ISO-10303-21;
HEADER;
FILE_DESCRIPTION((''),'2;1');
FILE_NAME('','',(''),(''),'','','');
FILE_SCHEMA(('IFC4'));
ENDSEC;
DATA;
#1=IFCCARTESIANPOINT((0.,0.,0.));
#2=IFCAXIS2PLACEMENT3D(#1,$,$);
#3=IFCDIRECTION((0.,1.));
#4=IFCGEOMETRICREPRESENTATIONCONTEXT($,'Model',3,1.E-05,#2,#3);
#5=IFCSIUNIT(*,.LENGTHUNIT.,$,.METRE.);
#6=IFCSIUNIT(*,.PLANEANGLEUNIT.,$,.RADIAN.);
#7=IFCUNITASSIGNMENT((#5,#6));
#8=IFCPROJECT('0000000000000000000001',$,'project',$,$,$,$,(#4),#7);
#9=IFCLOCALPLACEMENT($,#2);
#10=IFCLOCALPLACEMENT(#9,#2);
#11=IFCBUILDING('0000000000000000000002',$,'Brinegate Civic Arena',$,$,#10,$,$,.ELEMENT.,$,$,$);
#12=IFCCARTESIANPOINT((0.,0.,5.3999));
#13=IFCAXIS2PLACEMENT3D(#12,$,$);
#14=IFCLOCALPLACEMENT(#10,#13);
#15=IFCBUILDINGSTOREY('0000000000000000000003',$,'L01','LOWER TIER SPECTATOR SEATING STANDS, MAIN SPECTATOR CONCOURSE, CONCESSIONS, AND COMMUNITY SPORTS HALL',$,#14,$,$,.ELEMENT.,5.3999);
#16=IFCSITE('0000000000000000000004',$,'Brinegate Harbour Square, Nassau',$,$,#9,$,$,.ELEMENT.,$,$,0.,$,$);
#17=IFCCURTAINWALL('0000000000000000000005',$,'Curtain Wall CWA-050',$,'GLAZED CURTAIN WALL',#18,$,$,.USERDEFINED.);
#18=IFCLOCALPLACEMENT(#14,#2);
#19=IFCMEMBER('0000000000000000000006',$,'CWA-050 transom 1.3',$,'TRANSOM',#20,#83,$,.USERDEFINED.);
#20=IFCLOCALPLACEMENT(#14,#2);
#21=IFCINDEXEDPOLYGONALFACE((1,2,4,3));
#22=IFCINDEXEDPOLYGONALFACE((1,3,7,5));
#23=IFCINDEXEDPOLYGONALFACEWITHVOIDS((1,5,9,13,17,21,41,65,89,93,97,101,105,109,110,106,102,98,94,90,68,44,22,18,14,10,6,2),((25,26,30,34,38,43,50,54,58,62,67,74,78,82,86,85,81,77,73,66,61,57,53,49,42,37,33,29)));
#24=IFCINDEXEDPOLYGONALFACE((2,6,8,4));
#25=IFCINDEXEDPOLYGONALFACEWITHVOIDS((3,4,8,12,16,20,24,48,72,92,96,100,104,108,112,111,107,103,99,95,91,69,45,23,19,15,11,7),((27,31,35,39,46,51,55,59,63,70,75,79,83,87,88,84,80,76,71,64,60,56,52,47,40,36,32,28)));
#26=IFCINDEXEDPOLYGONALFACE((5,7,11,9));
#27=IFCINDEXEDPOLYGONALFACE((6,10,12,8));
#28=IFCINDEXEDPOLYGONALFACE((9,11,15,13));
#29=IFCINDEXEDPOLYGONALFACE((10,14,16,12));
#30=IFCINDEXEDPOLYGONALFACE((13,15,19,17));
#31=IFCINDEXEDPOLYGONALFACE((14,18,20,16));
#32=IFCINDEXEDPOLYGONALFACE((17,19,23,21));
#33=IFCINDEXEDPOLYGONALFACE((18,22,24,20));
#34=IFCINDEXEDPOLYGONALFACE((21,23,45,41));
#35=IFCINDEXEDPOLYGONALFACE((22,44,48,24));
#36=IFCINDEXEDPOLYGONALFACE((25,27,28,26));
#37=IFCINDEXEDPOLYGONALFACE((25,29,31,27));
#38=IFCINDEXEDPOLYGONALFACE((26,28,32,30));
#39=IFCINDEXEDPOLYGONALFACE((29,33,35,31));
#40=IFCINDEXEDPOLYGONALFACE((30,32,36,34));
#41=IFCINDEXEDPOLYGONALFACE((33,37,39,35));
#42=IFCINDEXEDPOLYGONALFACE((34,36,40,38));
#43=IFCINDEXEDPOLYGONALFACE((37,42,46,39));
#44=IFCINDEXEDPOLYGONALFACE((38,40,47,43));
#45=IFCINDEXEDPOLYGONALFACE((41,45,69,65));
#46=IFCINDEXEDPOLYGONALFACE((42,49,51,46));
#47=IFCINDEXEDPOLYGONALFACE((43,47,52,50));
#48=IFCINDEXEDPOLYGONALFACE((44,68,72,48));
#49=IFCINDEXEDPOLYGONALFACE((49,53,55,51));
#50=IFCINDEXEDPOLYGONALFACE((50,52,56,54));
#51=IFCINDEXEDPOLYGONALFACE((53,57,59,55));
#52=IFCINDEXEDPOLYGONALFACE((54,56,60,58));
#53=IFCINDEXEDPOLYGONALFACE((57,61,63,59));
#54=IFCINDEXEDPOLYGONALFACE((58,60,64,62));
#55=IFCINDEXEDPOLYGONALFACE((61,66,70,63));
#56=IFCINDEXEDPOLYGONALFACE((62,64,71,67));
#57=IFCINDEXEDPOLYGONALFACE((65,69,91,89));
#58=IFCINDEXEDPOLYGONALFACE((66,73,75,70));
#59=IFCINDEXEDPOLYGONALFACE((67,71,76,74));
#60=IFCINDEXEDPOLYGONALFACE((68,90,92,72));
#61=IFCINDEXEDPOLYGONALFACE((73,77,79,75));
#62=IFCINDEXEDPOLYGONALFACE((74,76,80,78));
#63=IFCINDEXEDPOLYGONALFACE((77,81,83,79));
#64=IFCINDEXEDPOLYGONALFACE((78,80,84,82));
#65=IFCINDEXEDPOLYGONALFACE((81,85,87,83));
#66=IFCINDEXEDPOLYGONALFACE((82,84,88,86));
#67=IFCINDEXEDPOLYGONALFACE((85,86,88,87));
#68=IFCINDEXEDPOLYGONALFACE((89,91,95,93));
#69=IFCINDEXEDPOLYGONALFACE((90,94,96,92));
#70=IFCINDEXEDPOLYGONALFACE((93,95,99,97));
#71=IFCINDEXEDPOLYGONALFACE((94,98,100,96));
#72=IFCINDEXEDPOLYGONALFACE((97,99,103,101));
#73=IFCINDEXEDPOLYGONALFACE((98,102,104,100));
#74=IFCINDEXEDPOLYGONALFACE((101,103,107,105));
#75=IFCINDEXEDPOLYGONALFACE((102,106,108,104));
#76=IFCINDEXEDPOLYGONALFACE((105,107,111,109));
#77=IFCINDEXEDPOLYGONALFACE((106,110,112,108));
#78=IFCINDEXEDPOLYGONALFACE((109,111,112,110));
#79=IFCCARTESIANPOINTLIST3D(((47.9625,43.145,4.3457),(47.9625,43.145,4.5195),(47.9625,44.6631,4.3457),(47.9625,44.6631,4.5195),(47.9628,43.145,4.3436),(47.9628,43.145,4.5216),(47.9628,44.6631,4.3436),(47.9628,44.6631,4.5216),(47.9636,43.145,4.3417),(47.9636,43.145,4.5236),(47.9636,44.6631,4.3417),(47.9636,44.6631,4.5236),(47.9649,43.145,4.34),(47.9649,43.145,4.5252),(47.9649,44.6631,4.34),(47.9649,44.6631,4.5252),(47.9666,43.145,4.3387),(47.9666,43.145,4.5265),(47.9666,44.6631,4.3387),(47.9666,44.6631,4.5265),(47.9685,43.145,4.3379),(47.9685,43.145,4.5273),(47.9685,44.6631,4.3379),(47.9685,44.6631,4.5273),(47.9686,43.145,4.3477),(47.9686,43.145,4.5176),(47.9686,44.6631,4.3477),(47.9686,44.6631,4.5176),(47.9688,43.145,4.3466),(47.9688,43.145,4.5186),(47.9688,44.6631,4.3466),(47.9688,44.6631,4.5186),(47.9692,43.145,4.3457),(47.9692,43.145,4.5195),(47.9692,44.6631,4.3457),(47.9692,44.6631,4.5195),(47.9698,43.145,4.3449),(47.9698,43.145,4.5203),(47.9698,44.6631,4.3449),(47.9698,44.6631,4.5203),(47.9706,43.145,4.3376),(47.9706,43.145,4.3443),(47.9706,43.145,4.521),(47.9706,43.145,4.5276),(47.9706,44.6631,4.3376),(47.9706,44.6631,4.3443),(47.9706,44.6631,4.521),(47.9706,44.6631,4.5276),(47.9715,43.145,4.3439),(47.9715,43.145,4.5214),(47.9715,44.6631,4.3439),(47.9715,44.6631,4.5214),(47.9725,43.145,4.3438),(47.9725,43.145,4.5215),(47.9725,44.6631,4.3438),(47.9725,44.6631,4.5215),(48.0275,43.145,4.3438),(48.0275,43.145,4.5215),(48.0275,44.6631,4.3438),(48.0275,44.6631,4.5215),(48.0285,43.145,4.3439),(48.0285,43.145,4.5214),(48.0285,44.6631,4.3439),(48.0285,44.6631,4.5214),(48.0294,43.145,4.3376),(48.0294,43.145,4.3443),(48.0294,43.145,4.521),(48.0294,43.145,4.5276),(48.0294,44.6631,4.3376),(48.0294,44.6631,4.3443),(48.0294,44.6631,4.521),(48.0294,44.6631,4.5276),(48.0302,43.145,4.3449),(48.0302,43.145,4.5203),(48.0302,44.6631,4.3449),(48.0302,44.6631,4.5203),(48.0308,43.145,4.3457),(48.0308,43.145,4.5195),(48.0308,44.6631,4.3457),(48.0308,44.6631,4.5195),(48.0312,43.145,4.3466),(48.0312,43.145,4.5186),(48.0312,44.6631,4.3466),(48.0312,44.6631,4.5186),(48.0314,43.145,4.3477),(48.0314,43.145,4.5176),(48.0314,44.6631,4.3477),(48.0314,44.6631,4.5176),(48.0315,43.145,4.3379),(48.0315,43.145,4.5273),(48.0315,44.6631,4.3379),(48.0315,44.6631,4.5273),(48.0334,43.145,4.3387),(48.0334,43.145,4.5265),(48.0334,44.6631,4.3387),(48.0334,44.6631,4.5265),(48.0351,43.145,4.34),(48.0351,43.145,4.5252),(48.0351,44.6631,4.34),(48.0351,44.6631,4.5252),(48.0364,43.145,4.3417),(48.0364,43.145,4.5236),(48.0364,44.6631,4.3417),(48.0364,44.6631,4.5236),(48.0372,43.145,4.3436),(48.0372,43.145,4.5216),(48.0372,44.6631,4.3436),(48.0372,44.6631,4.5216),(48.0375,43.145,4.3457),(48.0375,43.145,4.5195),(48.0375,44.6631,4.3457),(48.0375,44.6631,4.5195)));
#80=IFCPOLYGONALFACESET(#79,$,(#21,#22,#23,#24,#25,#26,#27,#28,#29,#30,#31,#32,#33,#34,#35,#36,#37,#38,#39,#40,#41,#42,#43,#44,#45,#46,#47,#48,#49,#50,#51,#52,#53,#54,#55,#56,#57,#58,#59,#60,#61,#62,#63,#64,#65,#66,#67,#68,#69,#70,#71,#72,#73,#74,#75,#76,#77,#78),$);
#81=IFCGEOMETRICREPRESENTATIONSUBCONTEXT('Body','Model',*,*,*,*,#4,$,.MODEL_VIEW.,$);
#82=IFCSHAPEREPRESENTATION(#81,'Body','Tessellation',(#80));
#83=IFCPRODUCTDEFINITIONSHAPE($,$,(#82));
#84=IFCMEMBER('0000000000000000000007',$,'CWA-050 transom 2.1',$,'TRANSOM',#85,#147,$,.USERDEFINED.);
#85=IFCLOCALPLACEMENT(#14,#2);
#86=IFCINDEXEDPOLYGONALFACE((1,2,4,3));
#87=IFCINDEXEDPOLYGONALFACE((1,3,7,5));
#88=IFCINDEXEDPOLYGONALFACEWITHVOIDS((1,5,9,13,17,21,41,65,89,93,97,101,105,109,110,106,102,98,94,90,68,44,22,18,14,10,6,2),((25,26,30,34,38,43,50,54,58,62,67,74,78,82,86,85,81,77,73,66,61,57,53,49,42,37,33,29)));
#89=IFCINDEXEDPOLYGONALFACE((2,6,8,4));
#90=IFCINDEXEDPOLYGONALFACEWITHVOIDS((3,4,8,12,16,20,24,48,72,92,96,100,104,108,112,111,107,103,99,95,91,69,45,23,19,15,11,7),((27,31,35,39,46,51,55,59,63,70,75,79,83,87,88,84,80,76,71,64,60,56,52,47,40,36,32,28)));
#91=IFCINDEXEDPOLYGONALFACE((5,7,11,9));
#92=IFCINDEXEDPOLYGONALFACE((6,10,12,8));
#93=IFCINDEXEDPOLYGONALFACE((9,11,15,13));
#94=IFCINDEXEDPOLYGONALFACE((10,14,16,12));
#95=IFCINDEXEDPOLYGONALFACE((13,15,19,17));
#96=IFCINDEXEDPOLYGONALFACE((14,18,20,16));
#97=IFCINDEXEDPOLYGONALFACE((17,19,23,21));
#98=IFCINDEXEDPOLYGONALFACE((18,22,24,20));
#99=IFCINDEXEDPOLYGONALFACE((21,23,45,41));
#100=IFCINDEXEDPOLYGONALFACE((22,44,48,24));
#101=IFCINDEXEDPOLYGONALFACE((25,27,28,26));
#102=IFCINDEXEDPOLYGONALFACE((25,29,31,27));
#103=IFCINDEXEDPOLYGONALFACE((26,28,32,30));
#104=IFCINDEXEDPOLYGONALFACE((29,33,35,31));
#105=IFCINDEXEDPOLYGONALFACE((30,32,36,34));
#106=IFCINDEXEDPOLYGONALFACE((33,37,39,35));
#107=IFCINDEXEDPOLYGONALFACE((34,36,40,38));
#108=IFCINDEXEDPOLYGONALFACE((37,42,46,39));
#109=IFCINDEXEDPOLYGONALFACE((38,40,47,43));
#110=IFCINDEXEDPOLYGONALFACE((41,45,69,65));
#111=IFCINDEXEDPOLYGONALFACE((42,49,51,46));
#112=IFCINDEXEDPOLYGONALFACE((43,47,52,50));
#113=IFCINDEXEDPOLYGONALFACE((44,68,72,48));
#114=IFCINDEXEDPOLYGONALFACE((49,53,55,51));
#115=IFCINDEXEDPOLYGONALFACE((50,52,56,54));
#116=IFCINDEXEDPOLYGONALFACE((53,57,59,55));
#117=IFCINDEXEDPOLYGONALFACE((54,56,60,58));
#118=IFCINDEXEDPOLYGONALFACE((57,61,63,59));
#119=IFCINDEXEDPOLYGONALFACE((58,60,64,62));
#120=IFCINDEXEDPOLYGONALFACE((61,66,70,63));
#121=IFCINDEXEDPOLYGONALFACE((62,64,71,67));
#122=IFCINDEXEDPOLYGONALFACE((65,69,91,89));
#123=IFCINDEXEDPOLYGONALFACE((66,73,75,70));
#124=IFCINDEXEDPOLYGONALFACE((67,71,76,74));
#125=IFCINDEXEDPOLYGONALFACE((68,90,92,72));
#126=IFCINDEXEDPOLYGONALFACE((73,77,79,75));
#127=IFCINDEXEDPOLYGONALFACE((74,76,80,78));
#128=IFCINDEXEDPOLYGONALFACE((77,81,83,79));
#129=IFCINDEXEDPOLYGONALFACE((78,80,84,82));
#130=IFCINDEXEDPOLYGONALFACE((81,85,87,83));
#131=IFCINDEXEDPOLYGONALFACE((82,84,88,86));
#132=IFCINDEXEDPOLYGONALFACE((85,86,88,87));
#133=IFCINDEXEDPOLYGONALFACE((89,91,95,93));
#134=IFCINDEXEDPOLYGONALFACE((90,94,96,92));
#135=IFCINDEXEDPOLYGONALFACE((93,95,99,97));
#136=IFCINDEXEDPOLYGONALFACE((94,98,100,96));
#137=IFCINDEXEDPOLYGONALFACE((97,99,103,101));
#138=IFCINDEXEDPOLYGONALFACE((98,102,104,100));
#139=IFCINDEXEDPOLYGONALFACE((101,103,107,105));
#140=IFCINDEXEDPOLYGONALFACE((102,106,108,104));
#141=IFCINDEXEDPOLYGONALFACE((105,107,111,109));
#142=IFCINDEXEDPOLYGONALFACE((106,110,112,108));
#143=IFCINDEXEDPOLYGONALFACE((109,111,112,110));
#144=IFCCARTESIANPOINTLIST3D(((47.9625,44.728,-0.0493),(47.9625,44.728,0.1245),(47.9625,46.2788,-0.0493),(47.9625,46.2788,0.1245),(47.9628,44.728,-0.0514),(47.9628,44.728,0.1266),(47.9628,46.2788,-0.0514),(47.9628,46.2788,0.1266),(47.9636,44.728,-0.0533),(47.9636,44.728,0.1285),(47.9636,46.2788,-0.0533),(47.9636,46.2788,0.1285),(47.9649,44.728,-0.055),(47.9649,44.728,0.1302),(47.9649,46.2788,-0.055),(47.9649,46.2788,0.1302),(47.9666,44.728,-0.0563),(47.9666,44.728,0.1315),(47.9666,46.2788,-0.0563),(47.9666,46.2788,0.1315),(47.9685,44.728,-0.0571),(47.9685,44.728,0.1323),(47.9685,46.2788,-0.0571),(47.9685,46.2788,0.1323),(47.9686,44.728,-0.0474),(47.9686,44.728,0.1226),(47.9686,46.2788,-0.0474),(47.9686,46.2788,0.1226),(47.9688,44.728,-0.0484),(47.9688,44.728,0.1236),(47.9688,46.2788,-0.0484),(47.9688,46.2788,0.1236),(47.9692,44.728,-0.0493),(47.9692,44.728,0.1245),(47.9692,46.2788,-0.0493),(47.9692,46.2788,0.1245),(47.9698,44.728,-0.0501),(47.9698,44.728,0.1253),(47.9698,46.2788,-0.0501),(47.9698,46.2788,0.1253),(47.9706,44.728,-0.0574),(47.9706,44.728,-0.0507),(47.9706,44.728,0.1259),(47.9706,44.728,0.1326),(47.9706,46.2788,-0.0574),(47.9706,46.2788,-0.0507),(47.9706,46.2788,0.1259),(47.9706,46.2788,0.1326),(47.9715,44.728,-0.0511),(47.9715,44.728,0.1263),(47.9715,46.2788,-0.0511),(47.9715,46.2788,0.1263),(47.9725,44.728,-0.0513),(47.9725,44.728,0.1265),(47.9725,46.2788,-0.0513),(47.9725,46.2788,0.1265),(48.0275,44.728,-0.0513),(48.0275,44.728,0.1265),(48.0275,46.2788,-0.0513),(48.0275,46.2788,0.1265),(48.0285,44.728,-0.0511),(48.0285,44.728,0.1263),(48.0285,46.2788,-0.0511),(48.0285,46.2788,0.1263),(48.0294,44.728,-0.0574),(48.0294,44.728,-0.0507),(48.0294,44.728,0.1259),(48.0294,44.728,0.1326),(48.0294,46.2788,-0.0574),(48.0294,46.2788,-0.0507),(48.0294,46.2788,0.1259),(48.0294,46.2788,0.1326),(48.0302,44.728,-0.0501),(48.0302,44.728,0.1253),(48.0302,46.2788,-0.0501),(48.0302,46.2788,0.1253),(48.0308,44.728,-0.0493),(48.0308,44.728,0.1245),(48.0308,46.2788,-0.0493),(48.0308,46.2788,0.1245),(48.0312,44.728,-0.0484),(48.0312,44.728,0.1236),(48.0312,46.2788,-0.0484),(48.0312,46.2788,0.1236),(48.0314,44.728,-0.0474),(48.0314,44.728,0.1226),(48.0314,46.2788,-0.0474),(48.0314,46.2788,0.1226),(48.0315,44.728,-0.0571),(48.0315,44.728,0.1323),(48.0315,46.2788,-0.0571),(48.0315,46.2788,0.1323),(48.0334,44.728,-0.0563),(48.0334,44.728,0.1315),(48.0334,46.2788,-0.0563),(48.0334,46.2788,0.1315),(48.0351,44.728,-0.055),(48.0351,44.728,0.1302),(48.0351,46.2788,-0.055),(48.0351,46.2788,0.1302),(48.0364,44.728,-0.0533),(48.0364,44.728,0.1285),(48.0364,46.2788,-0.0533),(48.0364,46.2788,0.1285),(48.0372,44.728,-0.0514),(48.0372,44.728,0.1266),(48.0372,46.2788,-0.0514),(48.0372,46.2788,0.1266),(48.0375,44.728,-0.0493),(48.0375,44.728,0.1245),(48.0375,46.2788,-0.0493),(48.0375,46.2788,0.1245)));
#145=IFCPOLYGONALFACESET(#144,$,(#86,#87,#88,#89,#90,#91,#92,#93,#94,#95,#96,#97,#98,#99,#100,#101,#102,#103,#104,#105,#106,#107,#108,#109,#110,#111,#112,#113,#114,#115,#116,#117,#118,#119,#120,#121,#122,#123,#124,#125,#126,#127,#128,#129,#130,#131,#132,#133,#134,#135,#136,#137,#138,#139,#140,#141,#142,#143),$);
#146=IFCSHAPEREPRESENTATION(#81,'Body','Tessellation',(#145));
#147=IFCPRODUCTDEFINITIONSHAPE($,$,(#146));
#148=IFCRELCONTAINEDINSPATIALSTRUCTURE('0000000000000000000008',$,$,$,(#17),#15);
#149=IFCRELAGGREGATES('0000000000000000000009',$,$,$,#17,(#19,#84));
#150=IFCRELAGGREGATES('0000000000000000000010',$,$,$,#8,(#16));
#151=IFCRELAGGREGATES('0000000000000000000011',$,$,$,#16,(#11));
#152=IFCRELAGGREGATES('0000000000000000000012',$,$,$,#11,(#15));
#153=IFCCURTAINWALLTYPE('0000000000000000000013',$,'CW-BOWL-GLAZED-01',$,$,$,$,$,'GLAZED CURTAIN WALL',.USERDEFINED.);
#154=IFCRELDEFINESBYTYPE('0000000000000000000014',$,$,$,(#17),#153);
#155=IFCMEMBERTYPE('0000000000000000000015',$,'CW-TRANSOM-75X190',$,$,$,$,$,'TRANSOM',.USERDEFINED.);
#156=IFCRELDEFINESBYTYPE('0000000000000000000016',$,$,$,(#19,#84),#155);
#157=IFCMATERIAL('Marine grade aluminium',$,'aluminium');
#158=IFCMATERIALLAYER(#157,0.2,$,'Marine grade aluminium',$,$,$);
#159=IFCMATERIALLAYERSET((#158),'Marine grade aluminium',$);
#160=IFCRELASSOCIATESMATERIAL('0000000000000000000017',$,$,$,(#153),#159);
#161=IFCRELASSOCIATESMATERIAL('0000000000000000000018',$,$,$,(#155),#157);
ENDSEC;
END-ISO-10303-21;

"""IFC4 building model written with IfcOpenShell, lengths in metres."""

from ifc_helpers import new_model, si_unit, direction, frame, origin, origin_2d, place, context, subcontext, project, spatial, hollow_rectangle, extrude, material, layer, layer_set, material_profile, profile_set, type_object, element, aggregate, save


model = new_model("IFC4")

# Units and contexts
model_context = context("Model", 3, precision=1e-05, world=origin(), true_north=direction((0.0, 1.0)))
body_context = subcontext(model_context, "Body", "Model", "MODEL_VIEW")
ifc_project = project(units=[si_unit("LENGTHUNIT", "METRE"), si_unit("PLANEANGLEUNIT", "RADIAN")], contexts=[model_context])

# Site, building, storey
site_placement = place(None, origin())
site = spatial("IfcSite", under=ifc_project, at=site_placement, Name="Brinegate Harbour Square, Nassau", CompositionType="ELEMENT", RefElevation=0.0)
building_placement = place(site_placement, origin())
building = spatial("IfcBuilding", under=site, at=building_placement, Name="Brinegate Civic Arena", CompositionType="ELEMENT")
storey_placement = place(building_placement, frame((0.0, 0.0, 5.3999)))
storey = spatial("IfcBuildingStorey", under=building, at=storey_placement, Name="L01", Description="LOWER TIER SPECTATOR SEATING STANDS, MAIN SPECTATOR CONCOURSE, CONCESSIONS, AND COMMUNITY SPORTS HALL", CompositionType="ELEMENT", Elevation=5.3999)

# Curtain wall
ifc_material_1 = material(Name="Marine grade aluminium", Category="aluminium")
ifc_layer_1 = layer(ifc_material_1, 0.2, Name="Marine grade aluminium")
ifc_layer_set_1 = layer_set([ifc_layer_1], Name="Marine grade aluminium")
curtain_wall_type = type_object("IfcCurtainWallType", Name="CW-BOWL-GLAZED-01", ElementType="GLAZED CURTAIN WALL", PredefinedType="USERDEFINED", material=ifc_layer_set_1)
curtain_wall_1_placement = place(storey_placement, origin())
curtain_wall_1 = element("IfcCurtainWall", 1, at=curtain_wall_1_placement, inside=storey, type_object=curtain_wall_type, Name="Curtain Wall CWA-050", ObjectType="GLAZED CURTAIN WALL", PredefinedType="USERDEFINED")

# Members
ifc_material_profile_1 = material_profile(ifc_material_1, hollow_rectangle(XDim=0.075, YDim=0.1899, WallThickness=0.0061, InnerFilletRadius=0.0039, OuterFilletRadius=0.0081, at=origin_2d()), Name="TRN75X190")
ifc_profile_set_1 = profile_set([ifc_material_profile_1], Name="Marine grade aluminium")
member_type_1 = type_object("IfcMemberType", Name="CW-TRANSOM-75X190", ElementType="TRANSOM", PredefinedType="USERDEFINED", material=ifc_profile_set_1)
member_1_placement = place(storey_placement, frame((48.0, 43.145, 4.4326), z_axis=(0.0, 1.0, 0.0), x_axis=(-1.0, 0.0, 0.0)))
member_1 = element("IfcMember", 2, at=member_1_placement, type_object=member_type_1, Name="CWA-050 transom 1.3", ObjectType="TRANSOM", PredefinedType="USERDEFINED", context=body_context, shape_type="SweptSolid", body=[
    extrude(hollow_rectangle(XDim=0.075, YDim=0.1899, WallThickness=0.0061, InnerFilletRadius=0.0039, OuterFilletRadius=0.0081, at=origin_2d()), origin(), (0.0, 0.0, 1.0), 1.5181),
])
member_2_placement = place(storey_placement, frame((48.0, 44.728, 0.0376), z_axis=(0.0, 1.0, 0.0), x_axis=(-1.0, 0.0, 0.0)))
member_2 = element("IfcMember", 3, at=member_2_placement, type_object=member_type_1, Name="CWA-050 transom 2.1", ObjectType="TRANSOM", PredefinedType="USERDEFINED", context=body_context, shape_type="SweptSolid", body=[
    extrude(hollow_rectangle(XDim=0.075, YDim=0.1899, WallThickness=0.0061, InnerFilletRadius=0.0039, OuterFilletRadius=0.0081, at=origin_2d()), origin(), (0.0, 0.0, 1.0), 1.5508),
])

aggregate(curtain_wall_1, [member_1, member_2])

save(model, "model.ifc")
